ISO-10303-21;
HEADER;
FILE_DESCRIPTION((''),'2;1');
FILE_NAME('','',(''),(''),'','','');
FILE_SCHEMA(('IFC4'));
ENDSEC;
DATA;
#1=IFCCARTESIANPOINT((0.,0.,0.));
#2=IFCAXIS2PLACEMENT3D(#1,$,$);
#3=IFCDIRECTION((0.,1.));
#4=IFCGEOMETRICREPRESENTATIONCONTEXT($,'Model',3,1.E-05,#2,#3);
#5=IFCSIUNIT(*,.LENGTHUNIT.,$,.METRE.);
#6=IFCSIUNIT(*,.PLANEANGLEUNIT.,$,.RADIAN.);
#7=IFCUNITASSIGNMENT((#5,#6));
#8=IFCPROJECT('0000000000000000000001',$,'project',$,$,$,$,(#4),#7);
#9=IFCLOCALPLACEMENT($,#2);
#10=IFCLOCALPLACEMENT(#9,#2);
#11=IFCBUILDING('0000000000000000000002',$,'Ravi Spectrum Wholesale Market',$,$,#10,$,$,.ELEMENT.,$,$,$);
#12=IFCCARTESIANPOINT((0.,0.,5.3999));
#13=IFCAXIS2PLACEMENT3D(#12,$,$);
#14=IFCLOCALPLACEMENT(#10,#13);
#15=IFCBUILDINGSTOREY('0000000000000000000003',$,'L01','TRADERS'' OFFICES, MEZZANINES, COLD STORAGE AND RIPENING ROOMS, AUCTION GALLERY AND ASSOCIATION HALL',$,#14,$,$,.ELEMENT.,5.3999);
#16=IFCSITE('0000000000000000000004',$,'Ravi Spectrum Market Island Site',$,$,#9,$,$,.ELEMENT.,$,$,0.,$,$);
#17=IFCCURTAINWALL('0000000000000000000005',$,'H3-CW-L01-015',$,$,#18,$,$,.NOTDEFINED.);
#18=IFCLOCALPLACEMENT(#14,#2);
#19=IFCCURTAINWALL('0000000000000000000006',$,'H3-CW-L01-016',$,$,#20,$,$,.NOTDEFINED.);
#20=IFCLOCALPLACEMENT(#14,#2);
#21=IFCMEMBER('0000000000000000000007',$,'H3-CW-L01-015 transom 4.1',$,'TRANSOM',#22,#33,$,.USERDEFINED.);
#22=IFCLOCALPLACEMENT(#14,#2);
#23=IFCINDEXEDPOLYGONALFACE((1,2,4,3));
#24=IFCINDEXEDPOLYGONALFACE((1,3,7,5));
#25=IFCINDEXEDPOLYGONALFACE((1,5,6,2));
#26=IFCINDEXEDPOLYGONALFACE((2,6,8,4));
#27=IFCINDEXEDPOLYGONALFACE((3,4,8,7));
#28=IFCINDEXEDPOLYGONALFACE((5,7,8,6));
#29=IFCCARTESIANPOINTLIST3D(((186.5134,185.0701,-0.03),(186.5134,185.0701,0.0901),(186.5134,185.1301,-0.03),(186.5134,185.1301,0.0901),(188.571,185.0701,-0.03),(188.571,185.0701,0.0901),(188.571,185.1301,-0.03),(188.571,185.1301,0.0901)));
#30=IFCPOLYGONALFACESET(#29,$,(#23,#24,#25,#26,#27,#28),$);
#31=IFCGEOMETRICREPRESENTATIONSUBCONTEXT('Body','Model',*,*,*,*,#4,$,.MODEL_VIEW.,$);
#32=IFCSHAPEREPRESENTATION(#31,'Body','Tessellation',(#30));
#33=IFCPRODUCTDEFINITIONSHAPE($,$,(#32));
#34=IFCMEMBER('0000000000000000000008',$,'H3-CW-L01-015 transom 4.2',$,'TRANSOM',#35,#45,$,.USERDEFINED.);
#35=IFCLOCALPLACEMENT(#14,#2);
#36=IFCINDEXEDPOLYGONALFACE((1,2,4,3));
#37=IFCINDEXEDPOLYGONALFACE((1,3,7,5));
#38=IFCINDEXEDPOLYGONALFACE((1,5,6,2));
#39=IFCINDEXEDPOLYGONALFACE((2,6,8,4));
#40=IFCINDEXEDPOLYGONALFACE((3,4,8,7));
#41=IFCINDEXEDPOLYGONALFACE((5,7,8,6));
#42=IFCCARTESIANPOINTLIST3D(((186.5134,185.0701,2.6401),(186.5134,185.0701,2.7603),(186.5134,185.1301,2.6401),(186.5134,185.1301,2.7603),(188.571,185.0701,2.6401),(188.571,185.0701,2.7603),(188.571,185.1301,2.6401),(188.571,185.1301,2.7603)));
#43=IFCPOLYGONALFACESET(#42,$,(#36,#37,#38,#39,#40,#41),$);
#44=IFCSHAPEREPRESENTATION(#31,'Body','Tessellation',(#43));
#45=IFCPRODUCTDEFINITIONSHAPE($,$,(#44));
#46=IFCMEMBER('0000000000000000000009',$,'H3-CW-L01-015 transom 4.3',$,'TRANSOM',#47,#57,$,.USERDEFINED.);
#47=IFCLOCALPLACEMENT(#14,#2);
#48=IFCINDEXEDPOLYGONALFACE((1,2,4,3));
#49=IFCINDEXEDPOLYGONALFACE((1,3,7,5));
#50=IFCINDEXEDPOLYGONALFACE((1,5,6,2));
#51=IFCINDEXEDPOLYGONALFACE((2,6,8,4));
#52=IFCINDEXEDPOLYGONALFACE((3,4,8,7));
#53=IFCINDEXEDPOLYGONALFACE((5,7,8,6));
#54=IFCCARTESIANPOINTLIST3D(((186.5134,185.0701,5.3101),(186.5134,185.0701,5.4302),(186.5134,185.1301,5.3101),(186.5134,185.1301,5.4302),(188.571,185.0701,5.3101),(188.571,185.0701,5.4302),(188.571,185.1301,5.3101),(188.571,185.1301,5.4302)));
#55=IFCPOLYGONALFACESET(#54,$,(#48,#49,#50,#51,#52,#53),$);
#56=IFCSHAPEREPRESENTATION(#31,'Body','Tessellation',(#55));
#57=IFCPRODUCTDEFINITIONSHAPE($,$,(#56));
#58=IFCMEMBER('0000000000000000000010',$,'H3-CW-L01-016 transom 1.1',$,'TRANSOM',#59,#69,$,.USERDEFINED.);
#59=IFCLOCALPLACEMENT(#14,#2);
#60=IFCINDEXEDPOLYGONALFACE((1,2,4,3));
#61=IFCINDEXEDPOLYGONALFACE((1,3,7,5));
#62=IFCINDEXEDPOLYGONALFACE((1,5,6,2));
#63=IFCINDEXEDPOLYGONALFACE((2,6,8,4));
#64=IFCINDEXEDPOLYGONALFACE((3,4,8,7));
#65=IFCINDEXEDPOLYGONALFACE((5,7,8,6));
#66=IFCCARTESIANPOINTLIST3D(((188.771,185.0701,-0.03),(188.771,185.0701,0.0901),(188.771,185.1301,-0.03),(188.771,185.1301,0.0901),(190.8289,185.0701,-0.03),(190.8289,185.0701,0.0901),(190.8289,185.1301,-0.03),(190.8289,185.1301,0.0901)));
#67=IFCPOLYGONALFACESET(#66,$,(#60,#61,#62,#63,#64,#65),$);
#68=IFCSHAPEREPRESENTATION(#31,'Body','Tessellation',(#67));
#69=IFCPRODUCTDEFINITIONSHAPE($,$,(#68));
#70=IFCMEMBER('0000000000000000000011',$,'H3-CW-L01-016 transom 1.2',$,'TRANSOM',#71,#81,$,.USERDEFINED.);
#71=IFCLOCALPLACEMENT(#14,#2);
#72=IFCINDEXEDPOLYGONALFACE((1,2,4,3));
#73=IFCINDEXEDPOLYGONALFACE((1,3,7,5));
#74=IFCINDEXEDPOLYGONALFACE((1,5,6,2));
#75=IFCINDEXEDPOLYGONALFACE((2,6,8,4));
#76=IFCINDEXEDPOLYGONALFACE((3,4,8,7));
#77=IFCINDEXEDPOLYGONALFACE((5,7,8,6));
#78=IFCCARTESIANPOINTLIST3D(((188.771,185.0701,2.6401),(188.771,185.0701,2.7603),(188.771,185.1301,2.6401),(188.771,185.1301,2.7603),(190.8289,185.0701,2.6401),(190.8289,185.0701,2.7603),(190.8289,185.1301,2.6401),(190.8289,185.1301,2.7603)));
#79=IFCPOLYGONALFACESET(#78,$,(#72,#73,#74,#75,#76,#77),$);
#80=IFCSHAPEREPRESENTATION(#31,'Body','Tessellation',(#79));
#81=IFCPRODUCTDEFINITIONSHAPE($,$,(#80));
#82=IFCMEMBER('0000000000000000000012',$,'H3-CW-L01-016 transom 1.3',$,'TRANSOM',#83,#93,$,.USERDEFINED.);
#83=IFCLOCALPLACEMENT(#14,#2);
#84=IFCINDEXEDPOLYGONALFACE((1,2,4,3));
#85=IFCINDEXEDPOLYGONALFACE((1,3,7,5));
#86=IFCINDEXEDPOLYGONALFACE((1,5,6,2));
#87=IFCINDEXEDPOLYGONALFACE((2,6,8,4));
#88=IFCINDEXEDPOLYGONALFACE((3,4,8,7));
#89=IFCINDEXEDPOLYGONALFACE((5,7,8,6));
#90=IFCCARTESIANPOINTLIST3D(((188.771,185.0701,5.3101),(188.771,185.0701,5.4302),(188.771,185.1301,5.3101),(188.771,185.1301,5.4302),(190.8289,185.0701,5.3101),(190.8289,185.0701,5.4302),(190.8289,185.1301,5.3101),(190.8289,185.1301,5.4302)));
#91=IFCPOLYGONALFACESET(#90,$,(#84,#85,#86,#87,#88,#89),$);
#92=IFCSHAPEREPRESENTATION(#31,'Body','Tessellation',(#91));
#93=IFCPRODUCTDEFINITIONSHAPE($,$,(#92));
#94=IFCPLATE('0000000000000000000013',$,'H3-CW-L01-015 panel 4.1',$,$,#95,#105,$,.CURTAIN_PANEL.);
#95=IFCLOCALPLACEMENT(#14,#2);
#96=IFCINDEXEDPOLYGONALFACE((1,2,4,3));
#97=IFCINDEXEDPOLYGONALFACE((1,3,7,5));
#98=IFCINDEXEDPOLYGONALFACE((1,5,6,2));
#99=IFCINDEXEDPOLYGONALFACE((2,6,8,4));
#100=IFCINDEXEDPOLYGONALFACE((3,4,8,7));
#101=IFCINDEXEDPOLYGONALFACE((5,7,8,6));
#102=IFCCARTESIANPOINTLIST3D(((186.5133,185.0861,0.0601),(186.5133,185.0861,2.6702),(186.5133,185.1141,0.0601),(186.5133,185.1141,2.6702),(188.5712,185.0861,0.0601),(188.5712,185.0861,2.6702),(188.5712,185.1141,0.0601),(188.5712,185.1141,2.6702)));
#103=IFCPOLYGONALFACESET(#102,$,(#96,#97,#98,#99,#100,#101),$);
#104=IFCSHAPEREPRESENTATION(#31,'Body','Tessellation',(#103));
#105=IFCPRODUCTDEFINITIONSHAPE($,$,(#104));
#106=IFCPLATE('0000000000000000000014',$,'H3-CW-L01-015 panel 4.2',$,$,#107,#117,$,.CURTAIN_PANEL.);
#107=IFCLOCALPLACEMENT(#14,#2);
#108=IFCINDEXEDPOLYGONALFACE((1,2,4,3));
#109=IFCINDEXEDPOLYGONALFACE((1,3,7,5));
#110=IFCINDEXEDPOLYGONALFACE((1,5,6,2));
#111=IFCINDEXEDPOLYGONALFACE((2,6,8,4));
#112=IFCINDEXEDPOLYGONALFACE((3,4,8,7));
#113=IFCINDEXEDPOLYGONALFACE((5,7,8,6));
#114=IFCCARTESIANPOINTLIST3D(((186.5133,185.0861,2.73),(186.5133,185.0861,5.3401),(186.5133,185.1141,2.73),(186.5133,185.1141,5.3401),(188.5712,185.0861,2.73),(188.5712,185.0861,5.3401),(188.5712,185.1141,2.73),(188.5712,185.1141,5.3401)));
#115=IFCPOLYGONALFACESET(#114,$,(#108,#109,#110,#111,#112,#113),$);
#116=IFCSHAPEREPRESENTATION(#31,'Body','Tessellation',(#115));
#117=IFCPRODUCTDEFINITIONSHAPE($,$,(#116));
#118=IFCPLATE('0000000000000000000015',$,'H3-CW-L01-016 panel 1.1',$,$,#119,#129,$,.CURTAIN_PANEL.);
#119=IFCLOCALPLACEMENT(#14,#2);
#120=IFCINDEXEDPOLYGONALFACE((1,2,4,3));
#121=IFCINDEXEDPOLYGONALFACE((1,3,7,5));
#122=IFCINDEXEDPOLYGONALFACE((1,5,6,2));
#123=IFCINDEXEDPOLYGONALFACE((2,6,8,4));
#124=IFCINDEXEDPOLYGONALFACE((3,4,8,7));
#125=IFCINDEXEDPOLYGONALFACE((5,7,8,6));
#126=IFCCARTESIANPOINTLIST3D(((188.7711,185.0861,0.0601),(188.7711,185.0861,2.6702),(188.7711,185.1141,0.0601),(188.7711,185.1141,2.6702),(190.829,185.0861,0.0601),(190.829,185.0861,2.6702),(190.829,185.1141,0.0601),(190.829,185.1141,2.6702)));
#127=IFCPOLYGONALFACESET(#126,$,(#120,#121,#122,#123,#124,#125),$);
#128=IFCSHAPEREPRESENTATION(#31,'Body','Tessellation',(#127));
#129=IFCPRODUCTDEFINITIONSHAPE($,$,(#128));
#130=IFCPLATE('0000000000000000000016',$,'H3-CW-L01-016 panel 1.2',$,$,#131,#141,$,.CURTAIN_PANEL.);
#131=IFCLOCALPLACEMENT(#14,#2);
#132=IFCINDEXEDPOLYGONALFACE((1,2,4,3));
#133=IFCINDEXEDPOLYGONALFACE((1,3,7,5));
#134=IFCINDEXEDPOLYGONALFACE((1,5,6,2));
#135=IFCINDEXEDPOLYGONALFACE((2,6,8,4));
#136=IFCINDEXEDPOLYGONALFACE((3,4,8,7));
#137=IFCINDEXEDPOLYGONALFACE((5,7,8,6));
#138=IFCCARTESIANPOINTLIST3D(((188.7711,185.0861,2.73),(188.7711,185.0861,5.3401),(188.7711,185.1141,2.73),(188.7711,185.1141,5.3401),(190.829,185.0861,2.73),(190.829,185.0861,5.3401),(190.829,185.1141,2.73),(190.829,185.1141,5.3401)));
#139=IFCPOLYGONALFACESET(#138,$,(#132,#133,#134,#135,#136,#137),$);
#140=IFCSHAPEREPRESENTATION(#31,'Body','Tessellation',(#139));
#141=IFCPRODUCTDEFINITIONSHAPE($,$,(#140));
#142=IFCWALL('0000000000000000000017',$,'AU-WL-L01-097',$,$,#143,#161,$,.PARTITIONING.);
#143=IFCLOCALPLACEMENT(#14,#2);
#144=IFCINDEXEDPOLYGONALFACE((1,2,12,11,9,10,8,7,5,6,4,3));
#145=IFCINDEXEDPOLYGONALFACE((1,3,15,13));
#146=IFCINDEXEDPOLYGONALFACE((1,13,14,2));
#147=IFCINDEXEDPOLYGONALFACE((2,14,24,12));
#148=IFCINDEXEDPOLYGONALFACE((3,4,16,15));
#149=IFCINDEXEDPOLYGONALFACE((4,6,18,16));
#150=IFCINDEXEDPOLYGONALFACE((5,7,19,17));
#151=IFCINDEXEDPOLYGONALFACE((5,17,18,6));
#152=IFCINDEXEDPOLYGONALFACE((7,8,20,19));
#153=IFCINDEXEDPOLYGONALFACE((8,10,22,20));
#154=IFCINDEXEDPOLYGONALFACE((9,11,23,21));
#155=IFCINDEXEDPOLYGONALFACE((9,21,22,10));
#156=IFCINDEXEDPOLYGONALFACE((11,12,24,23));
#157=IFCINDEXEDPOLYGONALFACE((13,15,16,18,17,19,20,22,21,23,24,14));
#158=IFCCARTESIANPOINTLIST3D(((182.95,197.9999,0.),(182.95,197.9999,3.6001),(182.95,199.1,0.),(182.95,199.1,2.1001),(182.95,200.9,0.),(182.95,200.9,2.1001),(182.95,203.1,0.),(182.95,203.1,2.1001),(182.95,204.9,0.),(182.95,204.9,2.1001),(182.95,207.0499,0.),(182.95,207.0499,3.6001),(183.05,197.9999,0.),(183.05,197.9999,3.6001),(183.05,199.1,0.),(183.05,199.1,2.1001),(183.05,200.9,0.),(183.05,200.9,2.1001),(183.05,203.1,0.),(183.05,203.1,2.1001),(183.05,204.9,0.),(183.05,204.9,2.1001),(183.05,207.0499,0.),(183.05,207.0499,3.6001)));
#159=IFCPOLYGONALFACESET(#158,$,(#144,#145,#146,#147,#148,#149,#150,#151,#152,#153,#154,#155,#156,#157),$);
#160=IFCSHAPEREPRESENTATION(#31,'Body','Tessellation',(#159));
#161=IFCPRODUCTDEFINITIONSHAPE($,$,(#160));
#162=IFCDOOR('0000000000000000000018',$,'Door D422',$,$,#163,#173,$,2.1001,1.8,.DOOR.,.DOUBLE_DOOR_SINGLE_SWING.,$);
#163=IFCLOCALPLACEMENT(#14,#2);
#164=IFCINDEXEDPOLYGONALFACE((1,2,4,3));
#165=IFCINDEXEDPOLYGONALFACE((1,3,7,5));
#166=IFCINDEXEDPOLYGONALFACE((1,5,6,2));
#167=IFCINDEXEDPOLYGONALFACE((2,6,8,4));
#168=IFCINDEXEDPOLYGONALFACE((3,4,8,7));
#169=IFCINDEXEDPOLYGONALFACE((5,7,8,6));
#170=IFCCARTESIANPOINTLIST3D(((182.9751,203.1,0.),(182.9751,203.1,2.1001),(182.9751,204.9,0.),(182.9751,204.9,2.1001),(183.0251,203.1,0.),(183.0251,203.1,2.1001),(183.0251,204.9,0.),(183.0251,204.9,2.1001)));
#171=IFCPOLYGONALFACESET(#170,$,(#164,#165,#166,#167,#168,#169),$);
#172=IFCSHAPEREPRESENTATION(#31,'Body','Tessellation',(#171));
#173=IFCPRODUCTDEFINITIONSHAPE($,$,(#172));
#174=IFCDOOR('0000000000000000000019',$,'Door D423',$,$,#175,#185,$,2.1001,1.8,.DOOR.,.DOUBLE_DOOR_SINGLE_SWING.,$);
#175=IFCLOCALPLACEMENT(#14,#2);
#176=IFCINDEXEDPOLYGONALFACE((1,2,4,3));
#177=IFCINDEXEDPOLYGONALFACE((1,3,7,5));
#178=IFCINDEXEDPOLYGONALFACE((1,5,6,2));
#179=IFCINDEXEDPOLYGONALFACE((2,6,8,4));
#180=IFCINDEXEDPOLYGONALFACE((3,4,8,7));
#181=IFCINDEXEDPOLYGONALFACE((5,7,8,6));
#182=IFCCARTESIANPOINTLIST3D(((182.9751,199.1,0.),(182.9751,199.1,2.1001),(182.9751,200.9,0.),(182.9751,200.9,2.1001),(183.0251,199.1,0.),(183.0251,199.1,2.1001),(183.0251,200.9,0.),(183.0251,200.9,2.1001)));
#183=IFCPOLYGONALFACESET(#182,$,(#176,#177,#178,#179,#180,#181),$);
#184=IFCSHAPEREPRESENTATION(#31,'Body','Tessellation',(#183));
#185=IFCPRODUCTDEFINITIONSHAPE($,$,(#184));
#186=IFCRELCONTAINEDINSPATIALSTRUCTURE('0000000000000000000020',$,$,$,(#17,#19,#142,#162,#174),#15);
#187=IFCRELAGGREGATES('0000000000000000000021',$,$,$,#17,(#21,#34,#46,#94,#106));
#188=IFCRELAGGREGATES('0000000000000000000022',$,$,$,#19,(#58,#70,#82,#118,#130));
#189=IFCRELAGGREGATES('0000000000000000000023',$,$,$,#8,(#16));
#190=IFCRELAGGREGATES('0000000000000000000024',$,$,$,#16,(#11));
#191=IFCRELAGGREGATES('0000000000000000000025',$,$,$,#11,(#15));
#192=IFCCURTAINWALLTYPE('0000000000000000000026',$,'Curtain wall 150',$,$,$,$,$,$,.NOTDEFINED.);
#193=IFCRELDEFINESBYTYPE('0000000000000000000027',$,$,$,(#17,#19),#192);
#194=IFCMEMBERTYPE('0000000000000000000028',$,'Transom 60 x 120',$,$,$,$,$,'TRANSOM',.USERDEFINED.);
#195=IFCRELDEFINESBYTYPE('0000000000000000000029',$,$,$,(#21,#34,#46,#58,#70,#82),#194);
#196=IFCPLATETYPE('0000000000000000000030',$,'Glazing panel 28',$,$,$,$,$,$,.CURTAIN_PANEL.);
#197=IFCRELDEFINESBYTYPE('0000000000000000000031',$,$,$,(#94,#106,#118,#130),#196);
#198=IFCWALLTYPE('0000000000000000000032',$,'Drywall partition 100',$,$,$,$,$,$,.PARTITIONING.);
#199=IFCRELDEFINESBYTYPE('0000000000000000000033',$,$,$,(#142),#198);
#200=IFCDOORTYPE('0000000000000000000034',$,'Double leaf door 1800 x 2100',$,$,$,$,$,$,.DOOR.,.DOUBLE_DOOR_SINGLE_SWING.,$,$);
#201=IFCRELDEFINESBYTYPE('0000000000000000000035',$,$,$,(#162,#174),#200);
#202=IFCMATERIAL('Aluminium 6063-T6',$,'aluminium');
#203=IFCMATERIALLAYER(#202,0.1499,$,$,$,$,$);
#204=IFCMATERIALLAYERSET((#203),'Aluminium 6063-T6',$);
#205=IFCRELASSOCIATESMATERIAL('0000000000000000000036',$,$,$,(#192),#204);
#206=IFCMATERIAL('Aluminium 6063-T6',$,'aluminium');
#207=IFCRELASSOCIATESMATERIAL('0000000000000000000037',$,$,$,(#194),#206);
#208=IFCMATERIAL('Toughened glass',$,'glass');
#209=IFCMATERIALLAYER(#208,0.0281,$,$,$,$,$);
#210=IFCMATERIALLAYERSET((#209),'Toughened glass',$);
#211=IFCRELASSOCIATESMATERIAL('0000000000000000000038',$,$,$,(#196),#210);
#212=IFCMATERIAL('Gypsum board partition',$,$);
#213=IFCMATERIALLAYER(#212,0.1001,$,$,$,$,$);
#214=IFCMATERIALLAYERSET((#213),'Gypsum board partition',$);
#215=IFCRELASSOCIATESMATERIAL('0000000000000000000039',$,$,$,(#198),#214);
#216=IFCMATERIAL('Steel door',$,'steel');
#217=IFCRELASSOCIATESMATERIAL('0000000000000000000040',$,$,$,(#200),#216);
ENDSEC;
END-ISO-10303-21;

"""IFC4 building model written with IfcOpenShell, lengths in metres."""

from ifc_helpers import new_model, si_unit, direction, frame, frame_2d, origin, origin_2d, place, context, subcontext, project, spatial, rectangle, extrude, material, layer, layer_set, material_profile, profile_set, type_object, element, fill, aggregate, save


model = new_model("IFC4")

# Units and contexts
model_context = context("Model", 3, precision=1e-05, world=origin(), true_north=direction((0.0, 1.0)))
body_context = subcontext(model_context, "Body", "Model", "MODEL_VIEW")
ifc_project = project(units=[si_unit("LENGTHUNIT", "METRE"), si_unit("PLANEANGLEUNIT", "RADIAN")], contexts=[model_context])

# Site, building, storey
site_placement = place(None, origin())
site = spatial("IfcSite", under=ifc_project, at=site_placement, Name="Ravi Spectrum Market Island Site", CompositionType="ELEMENT", RefElevation=0.0)
building_placement = place(site_placement, origin())
building = spatial("IfcBuilding", under=site, at=building_placement, Name="Ravi Spectrum Wholesale Market", CompositionType="ELEMENT")
storey_placement = place(building_placement, frame((0.0, 0.0, 5.3999)))
storey = spatial("IfcBuildingStorey", under=building, at=storey_placement, Name="L01", Description="TRADERS' OFFICES, MEZZANINES, COLD STORAGE AND RIPENING ROOMS, AUCTION GALLERY AND ASSOCIATION HALL", CompositionType="ELEMENT", Elevation=5.3999)

# Curtain walls
ifc_material_1 = material(Name="Aluminium 6063-T6", Category="aluminium")
ifc_layer_1 = layer(ifc_material_1, 0.1499)
ifc_layer_set_1 = layer_set([ifc_layer_1], Name="Aluminium 6063-T6")
curtain_wall_type = type_object("IfcCurtainWallType", Name="Curtain wall 150", PredefinedType="NOTDEFINED", material=ifc_layer_set_1)
curtain_wall_1_placement = place(storey_placement, origin())
curtain_wall_1 = element("IfcCurtainWall", 1, at=curtain_wall_1_placement, inside=storey, type_object=curtain_wall_type, Name="H3-CW-L01-015", PredefinedType="NOTDEFINED")
curtain_wall_2_placement = place(storey_placement, origin())
curtain_wall_2 = element("IfcCurtainWall", 2, at=curtain_wall_2_placement, inside=storey, type_object=curtain_wall_type, Name="H3-CW-L01-016", PredefinedType="NOTDEFINED")

# Members
ifc_material_2 = material(Name="Aluminium 6063-T6", Category="aluminium")
ifc_material_profile_1 = material_profile(ifc_material_2, rectangle(XDim=0.0601, YDim=0.1201, at=origin_2d()))
ifc_profile_set_1 = profile_set([ifc_material_profile_1], Name="Aluminium 6063-T6")
member_type_1 = type_object("IfcMemberType", Name="Transom 60 x 120", ElementType="TRANSOM", PredefinedType="USERDEFINED", material=ifc_profile_set_1)
member_1_placement = place(storey_placement, frame((186.5134, 185.1001, 0.03), z_axis=(1.0, 0.0, 0.0), x_axis=(0.0, 1.0, 0.0)))
member_1 = element("IfcMember", 3, at=member_1_placement, type_object=member_type_1, Name="H3-CW-L01-015 transom 4.1", ObjectType="TRANSOM", PredefinedType="USERDEFINED", context=body_context, shape_type="SweptSolid", body=[
    extrude(rectangle(XDim=0.0601, YDim=0.1201, at=origin_2d()), origin(), (0.0, 0.0, 1.0), 2.0576),
])
member_2_placement = place(storey_placement, frame((186.5134, 185.1001, 2.7002), z_axis=(1.0, 0.0, 0.0), x_axis=(0.0, 1.0, 0.0)))
member_2 = element("IfcMember", 4, at=member_2_placement, type_object=member_type_1, Name="H3-CW-L01-015 transom 4.2", ObjectType="TRANSOM", PredefinedType="USERDEFINED", context=body_context, shape_type="SweptSolid", body=[
    extrude(rectangle(XDim=0.0601, YDim=0.1201, at=origin_2d()), origin(), (0.0, 0.0, 1.0), 2.0576),
])
member_3_placement = place(storey_placement, frame((186.5134, 185.1001, 5.3701), z_axis=(1.0, 0.0, 0.0), x_axis=(0.0, 1.0, 0.0)))
member_3 = element("IfcMember", 5, at=member_3_placement, type_object=member_type_1, Name="H3-CW-L01-015 transom 4.3", ObjectType="TRANSOM", PredefinedType="USERDEFINED", context=body_context, shape_type="SweptSolid", body=[
    extrude(rectangle(XDim=0.0601, YDim=0.1201, at=origin_2d()), origin(), (0.0, 0.0, 1.0), 2.0576),
])
member_4_placement = place(storey_placement, frame((188.771, 185.1001, 0.03), z_axis=(1.0, 0.0, 0.0), x_axis=(0.0, 1.0, 0.0)))
member_4 = element("IfcMember", 6, at=member_4_placement, type_object=member_type_1, Name="H3-CW-L01-016 transom 1.1", ObjectType="TRANSOM", PredefinedType="USERDEFINED", context=body_context, shape_type="SweptSolid", body=[
    extrude(rectangle(XDim=0.0601, YDim=0.1201, at=origin_2d()), origin(), (0.0, 0.0, 1.0), 2.0579),
])
member_5_placement = place(storey_placement, frame((188.771, 185.1001, 2.7002), z_axis=(1.0, 0.0, 0.0), x_axis=(0.0, 1.0, 0.0)))
member_5 = element("IfcMember", 7, at=member_5_placement, type_object=member_type_1, Name="H3-CW-L01-016 transom 1.2", ObjectType="TRANSOM", PredefinedType="USERDEFINED", context=body_context, shape_type="SweptSolid", body=[
    extrude(rectangle(XDim=0.0601, YDim=0.1201, at=origin_2d()), origin(), (0.0, 0.0, 1.0), 2.0579),
])
member_6_placement = place(storey_placement, frame((188.771, 185.1001, 5.3701), z_axis=(1.0, 0.0, 0.0), x_axis=(0.0, 1.0, 0.0)))
member_6 = element("IfcMember", 8, at=member_6_placement, type_object=member_type_1, Name="H3-CW-L01-016 transom 1.3", ObjectType="TRANSOM", PredefinedType="USERDEFINED", context=body_context, shape_type="SweptSolid", body=[
    extrude(rectangle(XDim=0.0601, YDim=0.1201, at=origin_2d()), origin(), (0.0, 0.0, 1.0), 2.0579),
])

# Plates
ifc_material_3 = material(Name="Toughened glass", Category="glass")
ifc_layer_2 = layer(ifc_material_3, 0.0281)
ifc_layer_set_2 = layer_set([ifc_layer_2], Name="Toughened glass")
plate_type = type_object("IfcPlateType", Name="Glazing panel 28", PredefinedType="CURTAIN_PANEL", material=ifc_layer_set_2)
plate_1_placement = place(storey_placement, frame((187.5422, 185.1001, 0.0601), z_axis=(0.0, 0.0, 1.0), x_axis=(1.0, 0.0, 0.0)))
plate_1 = element("IfcPlate", 9, at=plate_1_placement, type_object=plate_type, Name="H3-CW-L01-015 panel 4.1", PredefinedType="CURTAIN_PANEL", context=body_context, shape_type="SweptSolid", body=[
    extrude(rectangle(XDim=2.0579, YDim=0.0281, at=origin_2d()), origin(), (0.0, 0.0, 1.0), 2.6101),
])
plate_2_placement = place(storey_placement, frame((187.5422, 185.1001, 2.73), z_axis=(0.0, 0.0, 1.0), x_axis=(1.0, 0.0, 0.0)))
plate_2 = element("IfcPlate", 10, at=plate_2_placement, type_object=plate_type, Name="H3-CW-L01-015 panel 4.2", PredefinedType="CURTAIN_PANEL", context=body_context, shape_type="SweptSolid", body=[
    extrude(rectangle(XDim=2.0579, YDim=0.0281, at=origin_2d()), origin(), (0.0, 0.0, 1.0), 2.6101),
])
aggregate(curtain_wall_1, [member_1, member_2, member_3, plate_1, plate_2])
plate_3_placement = place(storey_placement, frame((189.8, 185.1001, 0.0601), z_axis=(0.0, 0.0, 1.0), x_axis=(1.0, 0.0, 0.0)))
plate_3 = element("IfcPlate", 11, at=plate_3_placement, type_object=plate_type, Name="H3-CW-L01-016 panel 1.1", PredefinedType="CURTAIN_PANEL", context=body_context, shape_type="SweptSolid", body=[
    extrude(rectangle(XDim=2.0579, YDim=0.0281, at=origin_2d()), origin(), (0.0, 0.0, 1.0), 2.6101),
])
plate_4_placement = place(storey_placement, frame((189.8, 185.1001, 2.73), z_axis=(0.0, 0.0, 1.0), x_axis=(1.0, 0.0, 0.0)))
plate_4 = element("IfcPlate", 12, at=plate_4_placement, type_object=plate_type, Name="H3-CW-L01-016 panel 1.2", PredefinedType="CURTAIN_PANEL", context=body_context, shape_type="SweptSolid", body=[
    extrude(rectangle(XDim=2.0579, YDim=0.0281, at=origin_2d()), origin(), (0.0, 0.0, 1.0), 2.6101),
])
aggregate(curtain_wall_2, [member_4, member_5, member_6, plate_3, plate_4])

# Wall, openings, doors
ifc_material_4 = material(Name="Gypsum board partition")
ifc_layer_3 = layer(ifc_material_4, 0.1001)
ifc_layer_set_3 = layer_set([ifc_layer_3], Name="Gypsum board partition")
wall_type_1 = type_object("IfcWallType", Name="Drywall partition 100", PredefinedType="PARTITIONING", material=ifc_layer_set_3)
wall_1_placement = place(storey_placement, frame((183.0, 198.0, 0.0), z_axis=(0.0, 0.0, 1.0), x_axis=(0.0, 1.0, 0.0)))
wall_1 = element("IfcWall", 13, at=wall_1_placement, inside=storey, type_object=wall_type_1, Name="AU-WL-L01-097", PredefinedType="PARTITIONING", context=body_context, shape_type="SweptSolid", body=[
    extrude(rectangle(XDim=9.05, YDim=0.1001, at=frame_2d((4.5249, 0.0))), origin(), (0.0, 0.0, 1.0), 3.6001),
])
opening_1_placement = place(wall_1_placement, frame((5.1001, 0.0, 0.0)))
opening_1 = element("IfcOpeningElement", 14, at=opening_1_placement, cuts=wall_1, PredefinedType="OPENING", context=body_context, shape_type="SweptSolid", body=[
    extrude(rectangle(XDim=1.8, YDim=2.1001, at=frame_2d((0.8999, 1.05))), frame((0.0, 0.0601, 0.0), z_axis=(0.0, -1.0, 0.0), x_axis=(1.0, 0.0, 0.0)), (0.0, 0.0, 1.0), 0.1201),
])
opening_2_placement = place(wall_1_placement, frame((1.1001, 0.0, 0.0)))
opening_2 = element("IfcOpeningElement", 15, at=opening_2_placement, cuts=wall_1, PredefinedType="OPENING", context=body_context, shape_type="SweptSolid", body=[
    extrude(rectangle(XDim=1.8, YDim=2.1001, at=frame_2d((0.8999, 1.05))), frame((0.0, 0.0601, 0.0), z_axis=(0.0, -1.0, 0.0), x_axis=(1.0, 0.0, 0.0)), (0.0, 0.0, 1.0), 0.1201),
])
ifc_material_5 = material(Name="Steel door", Category="steel")
door_type = type_object("IfcDoorType", Name="Double leaf door 1800 x 2100", OperationType="DOUBLE_DOOR_SINGLE_SWING", PredefinedType="DOOR", material=ifc_material_5)
door_1_placement = place(opening_1_placement, origin())
door_1 = element("IfcDoor", 16, at=door_1_placement, inside=storey, type_object=door_type, Name="Door D422", OperationType="DOUBLE_DOOR_SINGLE_SWING", OverallHeight=2.1001, OverallWidth=1.8, PredefinedType="DOOR", context=body_context, shape_type="SweptSolid", body=[
    extrude(rectangle(XDim=1.8, YDim=2.1001, at=frame_2d((0.8999, 1.05))), frame((0.0, 0.0249, 0.0), z_axis=(0.0, -1.0, 0.0), x_axis=(1.0, 0.0, 0.0)), (0.0, 0.0, 1.0), 0.05),
])
fill(opening_1, door_1)
door_2_placement = place(opening_2_placement, origin())
door_2 = element("IfcDoor", 17, at=door_2_placement, inside=storey, type_object=door_type, Name="Door D423", OperationType="DOUBLE_DOOR_SINGLE_SWING", OverallHeight=2.1001, OverallWidth=1.8, PredefinedType="DOOR", context=body_context, shape_type="SweptSolid", body=[
    extrude(rectangle(XDim=1.8, YDim=2.1001, at=frame_2d((0.8999, 1.05))), frame((0.0, 0.0249, 0.0), z_axis=(0.0, -1.0, 0.0), x_axis=(1.0, 0.0, 0.0)), (0.0, 0.0, 1.0), 0.05),
])
fill(opening_2, door_2)

save(model, "model.ifc")
